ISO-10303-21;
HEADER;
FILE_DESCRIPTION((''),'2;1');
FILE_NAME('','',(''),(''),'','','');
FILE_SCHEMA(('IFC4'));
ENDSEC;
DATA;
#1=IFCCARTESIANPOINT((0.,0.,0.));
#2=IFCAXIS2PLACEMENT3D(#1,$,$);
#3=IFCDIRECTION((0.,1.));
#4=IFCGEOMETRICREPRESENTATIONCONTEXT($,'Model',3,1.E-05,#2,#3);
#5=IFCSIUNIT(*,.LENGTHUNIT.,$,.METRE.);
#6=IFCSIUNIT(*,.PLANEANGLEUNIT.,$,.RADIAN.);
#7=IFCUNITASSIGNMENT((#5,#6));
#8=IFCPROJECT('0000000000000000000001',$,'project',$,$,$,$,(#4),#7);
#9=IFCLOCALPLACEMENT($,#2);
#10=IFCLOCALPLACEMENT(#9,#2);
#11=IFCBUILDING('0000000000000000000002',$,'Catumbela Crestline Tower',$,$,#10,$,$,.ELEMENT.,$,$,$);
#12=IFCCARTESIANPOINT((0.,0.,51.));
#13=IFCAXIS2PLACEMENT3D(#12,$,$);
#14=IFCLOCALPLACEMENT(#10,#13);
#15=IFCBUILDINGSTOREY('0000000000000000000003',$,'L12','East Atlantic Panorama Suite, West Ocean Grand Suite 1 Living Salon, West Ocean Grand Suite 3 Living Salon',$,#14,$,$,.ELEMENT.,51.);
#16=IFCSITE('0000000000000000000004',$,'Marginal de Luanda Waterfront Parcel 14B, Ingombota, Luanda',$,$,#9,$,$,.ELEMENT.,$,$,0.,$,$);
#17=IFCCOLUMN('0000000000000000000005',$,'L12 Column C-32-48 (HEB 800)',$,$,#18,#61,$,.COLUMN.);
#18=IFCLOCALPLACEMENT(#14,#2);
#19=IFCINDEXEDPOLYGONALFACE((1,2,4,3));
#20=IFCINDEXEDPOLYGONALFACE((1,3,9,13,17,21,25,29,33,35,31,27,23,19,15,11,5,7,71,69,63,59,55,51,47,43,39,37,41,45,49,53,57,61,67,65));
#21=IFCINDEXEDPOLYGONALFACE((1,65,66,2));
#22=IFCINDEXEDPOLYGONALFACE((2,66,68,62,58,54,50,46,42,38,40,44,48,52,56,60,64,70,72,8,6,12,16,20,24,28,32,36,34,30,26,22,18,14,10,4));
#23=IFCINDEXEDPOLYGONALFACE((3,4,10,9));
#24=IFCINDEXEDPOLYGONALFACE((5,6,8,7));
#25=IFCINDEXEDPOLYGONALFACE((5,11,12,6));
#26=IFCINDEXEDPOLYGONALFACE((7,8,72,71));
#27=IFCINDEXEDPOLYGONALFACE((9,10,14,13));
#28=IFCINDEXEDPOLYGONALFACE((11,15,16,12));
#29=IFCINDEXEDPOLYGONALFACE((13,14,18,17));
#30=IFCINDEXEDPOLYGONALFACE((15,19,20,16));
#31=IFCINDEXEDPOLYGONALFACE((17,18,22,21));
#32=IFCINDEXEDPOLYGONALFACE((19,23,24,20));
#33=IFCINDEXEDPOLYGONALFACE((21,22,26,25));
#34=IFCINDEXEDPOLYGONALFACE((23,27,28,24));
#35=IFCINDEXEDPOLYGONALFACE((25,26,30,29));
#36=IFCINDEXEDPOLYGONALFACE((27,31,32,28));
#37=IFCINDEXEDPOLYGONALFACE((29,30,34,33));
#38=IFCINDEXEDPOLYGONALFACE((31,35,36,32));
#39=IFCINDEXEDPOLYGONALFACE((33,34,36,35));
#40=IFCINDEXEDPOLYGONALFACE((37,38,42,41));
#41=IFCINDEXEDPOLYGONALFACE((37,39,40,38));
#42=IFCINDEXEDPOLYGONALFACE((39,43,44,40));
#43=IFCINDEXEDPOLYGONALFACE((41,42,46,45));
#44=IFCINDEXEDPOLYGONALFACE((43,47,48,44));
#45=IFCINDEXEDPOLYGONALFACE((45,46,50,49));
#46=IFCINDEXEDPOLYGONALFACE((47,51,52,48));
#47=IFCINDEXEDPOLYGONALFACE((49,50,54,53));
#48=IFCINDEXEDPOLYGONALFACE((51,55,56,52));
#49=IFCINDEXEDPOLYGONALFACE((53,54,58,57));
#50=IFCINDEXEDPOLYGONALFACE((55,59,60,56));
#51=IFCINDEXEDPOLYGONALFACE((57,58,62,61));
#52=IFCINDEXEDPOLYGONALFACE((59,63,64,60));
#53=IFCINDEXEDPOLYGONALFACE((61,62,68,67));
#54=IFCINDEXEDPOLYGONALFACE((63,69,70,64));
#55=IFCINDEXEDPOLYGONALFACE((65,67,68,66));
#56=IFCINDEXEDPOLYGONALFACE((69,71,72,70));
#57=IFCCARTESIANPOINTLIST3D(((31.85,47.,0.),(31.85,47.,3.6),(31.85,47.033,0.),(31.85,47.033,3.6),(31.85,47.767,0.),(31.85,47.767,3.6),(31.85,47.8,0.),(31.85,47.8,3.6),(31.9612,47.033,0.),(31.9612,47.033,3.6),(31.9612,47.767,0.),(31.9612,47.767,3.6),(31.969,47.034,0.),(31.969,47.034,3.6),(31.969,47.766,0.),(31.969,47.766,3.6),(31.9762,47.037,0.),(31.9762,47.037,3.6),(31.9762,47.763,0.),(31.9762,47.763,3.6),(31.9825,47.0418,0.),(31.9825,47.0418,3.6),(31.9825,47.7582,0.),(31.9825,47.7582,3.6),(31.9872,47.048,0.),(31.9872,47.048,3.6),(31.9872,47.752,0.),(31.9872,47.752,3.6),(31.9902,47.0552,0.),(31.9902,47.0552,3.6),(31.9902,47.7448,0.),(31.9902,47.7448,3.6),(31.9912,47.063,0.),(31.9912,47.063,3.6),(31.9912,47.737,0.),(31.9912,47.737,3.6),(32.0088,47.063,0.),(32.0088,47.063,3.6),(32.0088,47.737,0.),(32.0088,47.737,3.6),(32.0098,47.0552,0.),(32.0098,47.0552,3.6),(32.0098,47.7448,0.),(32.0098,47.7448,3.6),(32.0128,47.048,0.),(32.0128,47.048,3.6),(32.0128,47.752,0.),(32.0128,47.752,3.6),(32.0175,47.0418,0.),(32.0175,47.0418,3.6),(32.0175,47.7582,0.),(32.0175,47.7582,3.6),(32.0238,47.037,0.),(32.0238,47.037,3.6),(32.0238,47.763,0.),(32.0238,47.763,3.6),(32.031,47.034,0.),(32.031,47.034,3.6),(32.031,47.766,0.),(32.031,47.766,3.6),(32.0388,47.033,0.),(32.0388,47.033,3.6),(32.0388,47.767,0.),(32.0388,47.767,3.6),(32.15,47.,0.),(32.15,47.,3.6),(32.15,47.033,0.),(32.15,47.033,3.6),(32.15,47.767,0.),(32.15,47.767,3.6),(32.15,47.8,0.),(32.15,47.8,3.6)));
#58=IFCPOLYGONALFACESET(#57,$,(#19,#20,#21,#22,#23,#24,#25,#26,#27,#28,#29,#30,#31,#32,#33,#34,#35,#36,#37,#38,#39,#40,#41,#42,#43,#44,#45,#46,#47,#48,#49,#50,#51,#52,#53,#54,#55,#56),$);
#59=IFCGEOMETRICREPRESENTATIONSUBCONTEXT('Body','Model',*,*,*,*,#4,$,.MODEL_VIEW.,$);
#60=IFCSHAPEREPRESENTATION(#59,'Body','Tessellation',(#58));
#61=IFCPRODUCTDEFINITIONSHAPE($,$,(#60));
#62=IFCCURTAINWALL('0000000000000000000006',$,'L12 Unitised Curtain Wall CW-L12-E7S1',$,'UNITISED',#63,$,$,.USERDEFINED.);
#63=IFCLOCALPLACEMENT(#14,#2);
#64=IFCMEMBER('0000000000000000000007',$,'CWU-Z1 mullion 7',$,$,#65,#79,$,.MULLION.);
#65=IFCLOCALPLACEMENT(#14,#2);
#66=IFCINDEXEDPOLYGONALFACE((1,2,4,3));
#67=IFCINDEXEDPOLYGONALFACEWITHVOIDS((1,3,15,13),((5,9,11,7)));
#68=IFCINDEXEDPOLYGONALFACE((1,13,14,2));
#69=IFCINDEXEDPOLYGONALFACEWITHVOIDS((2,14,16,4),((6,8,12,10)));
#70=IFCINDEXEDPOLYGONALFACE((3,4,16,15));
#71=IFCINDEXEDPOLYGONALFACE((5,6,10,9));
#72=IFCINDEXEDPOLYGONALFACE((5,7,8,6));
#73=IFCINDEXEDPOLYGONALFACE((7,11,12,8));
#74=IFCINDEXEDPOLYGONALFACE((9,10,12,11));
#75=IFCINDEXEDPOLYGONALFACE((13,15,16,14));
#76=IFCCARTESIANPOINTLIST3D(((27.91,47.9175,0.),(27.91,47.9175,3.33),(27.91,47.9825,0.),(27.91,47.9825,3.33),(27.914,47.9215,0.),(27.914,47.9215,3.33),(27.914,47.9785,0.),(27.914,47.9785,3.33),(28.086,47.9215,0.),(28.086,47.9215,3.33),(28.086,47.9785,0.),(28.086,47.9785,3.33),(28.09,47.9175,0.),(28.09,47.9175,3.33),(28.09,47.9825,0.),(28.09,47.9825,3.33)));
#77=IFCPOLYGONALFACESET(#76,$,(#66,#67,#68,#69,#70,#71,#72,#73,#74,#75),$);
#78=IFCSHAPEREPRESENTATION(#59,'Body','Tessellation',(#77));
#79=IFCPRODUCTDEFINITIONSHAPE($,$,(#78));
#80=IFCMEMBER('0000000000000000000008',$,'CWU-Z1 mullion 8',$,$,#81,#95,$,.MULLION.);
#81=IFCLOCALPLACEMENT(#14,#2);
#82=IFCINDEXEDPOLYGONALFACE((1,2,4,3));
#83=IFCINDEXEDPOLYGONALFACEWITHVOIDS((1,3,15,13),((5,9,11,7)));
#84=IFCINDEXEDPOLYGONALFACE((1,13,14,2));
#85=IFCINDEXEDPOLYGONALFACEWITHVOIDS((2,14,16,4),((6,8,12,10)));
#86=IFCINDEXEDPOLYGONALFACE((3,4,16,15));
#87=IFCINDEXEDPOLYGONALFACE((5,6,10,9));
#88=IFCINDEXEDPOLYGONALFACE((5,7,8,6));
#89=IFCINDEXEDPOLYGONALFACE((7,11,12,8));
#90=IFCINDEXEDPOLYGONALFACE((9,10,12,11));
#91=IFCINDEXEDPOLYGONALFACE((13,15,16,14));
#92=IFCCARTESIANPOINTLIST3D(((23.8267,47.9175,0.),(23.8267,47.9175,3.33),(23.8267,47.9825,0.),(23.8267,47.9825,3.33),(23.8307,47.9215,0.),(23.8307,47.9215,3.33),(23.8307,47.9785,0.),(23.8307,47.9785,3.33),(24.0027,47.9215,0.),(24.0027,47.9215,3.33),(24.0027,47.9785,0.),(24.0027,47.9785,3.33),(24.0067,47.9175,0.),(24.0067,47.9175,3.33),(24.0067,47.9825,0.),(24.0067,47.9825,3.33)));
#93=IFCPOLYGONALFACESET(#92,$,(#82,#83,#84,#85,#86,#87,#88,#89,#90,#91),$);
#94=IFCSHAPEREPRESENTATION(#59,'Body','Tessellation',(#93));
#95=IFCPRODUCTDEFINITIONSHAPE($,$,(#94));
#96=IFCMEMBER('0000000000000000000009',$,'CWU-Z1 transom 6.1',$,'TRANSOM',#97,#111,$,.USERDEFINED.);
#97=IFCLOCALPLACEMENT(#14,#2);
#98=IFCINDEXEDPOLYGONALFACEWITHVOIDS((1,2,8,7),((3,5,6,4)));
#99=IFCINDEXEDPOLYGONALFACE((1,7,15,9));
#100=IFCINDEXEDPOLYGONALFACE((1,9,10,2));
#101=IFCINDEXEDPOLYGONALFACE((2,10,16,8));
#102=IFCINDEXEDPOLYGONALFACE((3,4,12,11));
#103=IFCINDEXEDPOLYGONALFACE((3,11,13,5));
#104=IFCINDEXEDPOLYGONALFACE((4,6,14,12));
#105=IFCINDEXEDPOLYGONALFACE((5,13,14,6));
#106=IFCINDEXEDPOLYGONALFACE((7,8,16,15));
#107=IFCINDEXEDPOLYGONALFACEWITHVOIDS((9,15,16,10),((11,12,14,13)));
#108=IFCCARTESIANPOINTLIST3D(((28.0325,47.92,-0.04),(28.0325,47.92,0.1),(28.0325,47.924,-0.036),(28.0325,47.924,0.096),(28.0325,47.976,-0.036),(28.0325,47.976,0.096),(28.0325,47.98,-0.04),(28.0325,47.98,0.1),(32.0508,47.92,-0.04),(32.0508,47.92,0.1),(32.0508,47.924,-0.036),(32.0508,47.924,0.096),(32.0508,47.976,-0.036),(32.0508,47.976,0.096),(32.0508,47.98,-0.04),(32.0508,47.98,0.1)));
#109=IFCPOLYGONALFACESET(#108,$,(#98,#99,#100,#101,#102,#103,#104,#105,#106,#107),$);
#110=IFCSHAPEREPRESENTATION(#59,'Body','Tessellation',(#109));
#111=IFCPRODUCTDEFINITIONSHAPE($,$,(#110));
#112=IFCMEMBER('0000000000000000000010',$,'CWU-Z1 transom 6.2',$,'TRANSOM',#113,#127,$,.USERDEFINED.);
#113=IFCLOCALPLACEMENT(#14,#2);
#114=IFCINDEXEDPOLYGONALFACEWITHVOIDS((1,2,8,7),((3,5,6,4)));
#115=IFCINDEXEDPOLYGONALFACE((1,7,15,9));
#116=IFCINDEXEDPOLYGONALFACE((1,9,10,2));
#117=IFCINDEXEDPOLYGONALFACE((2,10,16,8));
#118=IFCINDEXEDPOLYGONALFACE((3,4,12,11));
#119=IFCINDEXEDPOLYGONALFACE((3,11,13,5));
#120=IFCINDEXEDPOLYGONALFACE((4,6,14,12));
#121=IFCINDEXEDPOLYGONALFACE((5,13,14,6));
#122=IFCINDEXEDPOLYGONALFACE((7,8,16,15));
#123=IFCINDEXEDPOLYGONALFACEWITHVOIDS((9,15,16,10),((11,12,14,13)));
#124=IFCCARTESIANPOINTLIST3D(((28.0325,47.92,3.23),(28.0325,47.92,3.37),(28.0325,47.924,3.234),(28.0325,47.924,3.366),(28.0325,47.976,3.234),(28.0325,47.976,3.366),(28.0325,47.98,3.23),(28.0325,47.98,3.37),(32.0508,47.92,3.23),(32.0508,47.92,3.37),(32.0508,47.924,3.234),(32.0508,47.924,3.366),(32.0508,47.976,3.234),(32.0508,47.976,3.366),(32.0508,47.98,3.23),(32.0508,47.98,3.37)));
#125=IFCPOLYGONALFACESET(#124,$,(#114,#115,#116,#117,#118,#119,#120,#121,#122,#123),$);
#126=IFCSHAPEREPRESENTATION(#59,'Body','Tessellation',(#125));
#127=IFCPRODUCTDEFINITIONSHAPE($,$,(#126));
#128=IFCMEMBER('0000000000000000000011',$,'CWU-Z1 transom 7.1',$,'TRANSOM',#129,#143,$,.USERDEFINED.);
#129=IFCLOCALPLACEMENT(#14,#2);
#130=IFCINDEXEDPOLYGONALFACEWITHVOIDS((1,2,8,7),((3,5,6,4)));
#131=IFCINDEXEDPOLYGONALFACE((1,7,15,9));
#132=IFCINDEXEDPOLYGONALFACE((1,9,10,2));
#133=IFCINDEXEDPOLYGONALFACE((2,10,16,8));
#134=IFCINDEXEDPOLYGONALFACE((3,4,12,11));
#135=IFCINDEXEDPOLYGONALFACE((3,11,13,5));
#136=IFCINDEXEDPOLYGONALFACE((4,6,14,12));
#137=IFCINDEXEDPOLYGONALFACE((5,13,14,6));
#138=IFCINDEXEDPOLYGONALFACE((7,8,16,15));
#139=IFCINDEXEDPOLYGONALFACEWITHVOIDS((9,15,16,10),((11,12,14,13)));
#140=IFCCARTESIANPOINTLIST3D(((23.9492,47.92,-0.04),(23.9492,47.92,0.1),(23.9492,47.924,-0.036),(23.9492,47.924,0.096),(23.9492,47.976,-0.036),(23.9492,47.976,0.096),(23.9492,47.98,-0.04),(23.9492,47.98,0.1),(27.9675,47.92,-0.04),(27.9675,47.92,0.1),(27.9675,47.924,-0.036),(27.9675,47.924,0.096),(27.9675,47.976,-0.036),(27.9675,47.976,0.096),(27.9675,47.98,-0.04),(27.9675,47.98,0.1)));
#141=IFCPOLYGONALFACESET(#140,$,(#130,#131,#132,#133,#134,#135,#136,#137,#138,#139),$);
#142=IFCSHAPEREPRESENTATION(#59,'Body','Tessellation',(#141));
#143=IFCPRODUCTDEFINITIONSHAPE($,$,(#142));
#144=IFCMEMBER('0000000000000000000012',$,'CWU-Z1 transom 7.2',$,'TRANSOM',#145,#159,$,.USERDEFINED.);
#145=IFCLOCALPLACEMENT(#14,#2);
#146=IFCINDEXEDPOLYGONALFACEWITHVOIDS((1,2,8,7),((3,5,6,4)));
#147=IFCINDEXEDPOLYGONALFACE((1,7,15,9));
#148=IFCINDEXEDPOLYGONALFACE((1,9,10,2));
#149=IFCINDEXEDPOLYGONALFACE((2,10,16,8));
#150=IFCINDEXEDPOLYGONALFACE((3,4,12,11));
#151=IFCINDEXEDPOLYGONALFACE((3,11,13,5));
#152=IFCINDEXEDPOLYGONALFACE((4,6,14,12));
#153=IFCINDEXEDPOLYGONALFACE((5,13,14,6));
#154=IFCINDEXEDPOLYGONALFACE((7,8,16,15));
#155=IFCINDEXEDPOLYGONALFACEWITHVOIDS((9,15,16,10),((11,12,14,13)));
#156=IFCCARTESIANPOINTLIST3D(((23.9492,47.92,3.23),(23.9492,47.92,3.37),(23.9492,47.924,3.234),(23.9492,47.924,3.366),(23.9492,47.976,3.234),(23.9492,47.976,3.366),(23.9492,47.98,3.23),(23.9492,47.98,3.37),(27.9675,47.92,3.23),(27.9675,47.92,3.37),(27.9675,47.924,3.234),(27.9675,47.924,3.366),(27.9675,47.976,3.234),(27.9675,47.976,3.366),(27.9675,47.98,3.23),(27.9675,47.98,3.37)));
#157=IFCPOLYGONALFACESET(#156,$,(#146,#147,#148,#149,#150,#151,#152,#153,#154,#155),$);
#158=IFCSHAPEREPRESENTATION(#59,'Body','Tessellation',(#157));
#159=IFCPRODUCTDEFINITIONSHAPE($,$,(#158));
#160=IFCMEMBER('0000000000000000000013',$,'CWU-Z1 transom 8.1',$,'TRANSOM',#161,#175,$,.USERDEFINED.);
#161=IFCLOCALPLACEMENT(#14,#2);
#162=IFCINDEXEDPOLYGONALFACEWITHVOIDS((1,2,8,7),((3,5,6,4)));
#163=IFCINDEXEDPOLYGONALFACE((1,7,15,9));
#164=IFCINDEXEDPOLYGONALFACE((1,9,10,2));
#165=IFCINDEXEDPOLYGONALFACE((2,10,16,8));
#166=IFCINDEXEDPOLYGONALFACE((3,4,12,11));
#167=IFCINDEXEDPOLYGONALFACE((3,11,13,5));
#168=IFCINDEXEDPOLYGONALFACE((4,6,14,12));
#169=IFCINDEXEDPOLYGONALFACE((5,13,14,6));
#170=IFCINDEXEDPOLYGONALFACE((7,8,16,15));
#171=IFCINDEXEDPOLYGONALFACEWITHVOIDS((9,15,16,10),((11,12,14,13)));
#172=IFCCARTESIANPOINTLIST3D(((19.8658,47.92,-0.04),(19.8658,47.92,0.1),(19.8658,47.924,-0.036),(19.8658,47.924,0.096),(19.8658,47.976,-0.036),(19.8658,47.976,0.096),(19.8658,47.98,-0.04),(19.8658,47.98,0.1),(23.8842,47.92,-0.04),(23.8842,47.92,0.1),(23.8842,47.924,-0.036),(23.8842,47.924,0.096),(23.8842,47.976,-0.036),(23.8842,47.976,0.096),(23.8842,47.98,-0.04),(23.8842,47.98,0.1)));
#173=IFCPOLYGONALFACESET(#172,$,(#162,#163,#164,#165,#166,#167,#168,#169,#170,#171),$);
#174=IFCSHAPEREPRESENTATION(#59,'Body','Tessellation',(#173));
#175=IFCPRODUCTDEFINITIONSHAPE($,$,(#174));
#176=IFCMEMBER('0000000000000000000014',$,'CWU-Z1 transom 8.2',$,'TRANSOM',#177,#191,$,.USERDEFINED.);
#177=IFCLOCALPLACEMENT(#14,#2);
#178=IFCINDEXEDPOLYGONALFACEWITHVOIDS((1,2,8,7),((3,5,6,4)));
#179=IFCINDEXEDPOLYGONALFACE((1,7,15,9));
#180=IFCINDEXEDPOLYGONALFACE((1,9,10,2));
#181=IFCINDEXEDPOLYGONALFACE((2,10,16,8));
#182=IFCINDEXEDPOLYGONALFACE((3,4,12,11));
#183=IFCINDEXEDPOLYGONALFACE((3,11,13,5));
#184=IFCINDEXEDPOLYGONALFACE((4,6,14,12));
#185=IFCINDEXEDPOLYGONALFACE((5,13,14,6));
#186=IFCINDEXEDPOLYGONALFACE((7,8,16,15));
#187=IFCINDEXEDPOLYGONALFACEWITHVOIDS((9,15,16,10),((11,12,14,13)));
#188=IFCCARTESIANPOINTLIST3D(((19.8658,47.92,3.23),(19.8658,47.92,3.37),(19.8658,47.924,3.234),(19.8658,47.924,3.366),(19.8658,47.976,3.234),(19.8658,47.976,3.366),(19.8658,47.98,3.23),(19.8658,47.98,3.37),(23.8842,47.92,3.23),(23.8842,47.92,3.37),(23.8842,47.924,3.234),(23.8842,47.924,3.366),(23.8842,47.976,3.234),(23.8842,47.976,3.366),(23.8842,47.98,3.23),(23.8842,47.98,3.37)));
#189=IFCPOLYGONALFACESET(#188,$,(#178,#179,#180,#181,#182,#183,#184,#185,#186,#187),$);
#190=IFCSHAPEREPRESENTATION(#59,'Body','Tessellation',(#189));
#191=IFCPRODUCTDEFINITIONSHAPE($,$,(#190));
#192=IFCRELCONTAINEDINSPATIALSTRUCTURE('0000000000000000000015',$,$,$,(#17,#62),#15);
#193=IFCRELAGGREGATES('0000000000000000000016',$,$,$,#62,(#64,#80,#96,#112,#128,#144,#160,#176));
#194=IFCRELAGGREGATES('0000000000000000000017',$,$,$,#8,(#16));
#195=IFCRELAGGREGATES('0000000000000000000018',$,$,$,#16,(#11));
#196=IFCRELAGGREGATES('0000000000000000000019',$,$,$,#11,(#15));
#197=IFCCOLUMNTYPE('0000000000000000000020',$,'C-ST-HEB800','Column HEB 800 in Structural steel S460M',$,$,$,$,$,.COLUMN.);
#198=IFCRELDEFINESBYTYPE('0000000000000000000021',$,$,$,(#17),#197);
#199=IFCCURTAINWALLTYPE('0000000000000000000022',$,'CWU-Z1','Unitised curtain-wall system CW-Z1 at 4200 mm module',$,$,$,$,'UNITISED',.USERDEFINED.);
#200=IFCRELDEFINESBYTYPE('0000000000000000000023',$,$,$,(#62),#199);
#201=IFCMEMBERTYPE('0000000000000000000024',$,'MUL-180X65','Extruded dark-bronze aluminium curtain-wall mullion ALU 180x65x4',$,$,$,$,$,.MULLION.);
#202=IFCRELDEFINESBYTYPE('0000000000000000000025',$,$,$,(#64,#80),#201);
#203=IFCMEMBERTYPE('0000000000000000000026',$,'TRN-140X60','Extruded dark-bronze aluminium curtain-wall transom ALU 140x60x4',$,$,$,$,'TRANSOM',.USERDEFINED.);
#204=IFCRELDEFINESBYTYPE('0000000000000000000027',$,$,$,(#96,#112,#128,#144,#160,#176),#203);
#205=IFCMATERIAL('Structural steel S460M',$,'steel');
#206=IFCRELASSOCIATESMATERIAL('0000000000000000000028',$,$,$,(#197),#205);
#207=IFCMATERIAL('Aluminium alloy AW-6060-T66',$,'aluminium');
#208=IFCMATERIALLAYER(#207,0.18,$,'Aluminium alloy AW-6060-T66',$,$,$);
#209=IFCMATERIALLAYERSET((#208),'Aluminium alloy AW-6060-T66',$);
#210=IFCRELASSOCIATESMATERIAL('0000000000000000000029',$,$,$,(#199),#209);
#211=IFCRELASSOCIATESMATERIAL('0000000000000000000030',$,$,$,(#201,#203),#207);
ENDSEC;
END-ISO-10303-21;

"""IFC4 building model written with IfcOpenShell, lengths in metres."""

from ifc_helpers import new_model, si_unit, direction, frame, origin, origin_2d, place, context, subcontext, project, spatial, hollow_rectangle, i_section, extrude, material, layer, layer_set, material_profile, profile_set, type_object, element, aggregate, save


model = new_model("IFC4")

# Units and contexts
model_context = context("Model", 3, precision=1e-05, world=origin(), true_north=direction((0.0, 1.0)))
body_context = subcontext(model_context, "Body", "Model", "MODEL_VIEW")
ifc_project = project(units=[si_unit("LENGTHUNIT", "METRE"), si_unit("PLANEANGLEUNIT", "RADIAN")], contexts=[model_context])

# Site, building, storey
site_placement = place(None, origin())
site = spatial("IfcSite", under=ifc_project, at=site_placement, Name="Marginal de Luanda Waterfront Parcel 14B, Ingombota, Luanda", CompositionType="ELEMENT", RefElevation=0.0)
building_placement = place(site_placement, origin())
building = spatial("IfcBuilding", under=site, at=building_placement, Name="Catumbela Crestline Tower", CompositionType="ELEMENT")
storey_placement = place(building_placement, frame((0.0, 0.0, 51.0)))
storey = spatial("IfcBuildingStorey", under=building, at=storey_placement, Name="L12", Description="East Atlantic Panorama Suite, West Ocean Grand Suite 1 Living Salon, West Ocean Grand Suite 3 Living Salon", CompositionType="ELEMENT", Elevation=51.0)

# Column
ifc_material_1 = material(Name="Structural steel S460M", Category="steel")
ifc_material_profile_1 = material_profile(ifc_material_1, i_section(OverallWidth=0.3, OverallDepth=0.8, WebThickness=0.0175, FlangeThickness=0.033, FilletRadius=0.03, at=origin_2d()), Name="HEB 800")
ifc_profile_set_1 = profile_set([ifc_material_profile_1], Name="Structural steel S460M")
column_type = type_object("IfcColumnType", Name="C-ST-HEB800", Description="Column HEB 800 in Structural steel S460M", PredefinedType="COLUMN", material=ifc_profile_set_1)
column_placement = place(storey_placement, frame((32.0, 47.4, 0.0), z_axis=(0.0, 0.0, 1.0), x_axis=(1.0, 0.0, 0.0)))
element("IfcColumn", 1, at=column_placement, inside=storey, type_object=column_type, Name="L12 Column C-32-48 (HEB 800)", PredefinedType="COLUMN", context=body_context, shape_type="SweptSolid", body=[
    extrude(i_section(OverallWidth=0.3, OverallDepth=0.8, WebThickness=0.0175, FlangeThickness=0.033, FilletRadius=0.03, at=origin_2d()), origin(), (0.0, 0.0, 1.0), 3.6),
])

# Curtain wall, members
ifc_material_2 = material(Name="Aluminium alloy AW-6060-T66", Category="aluminium")
ifc_layer_1 = layer(ifc_material_2, 0.18, Name="Aluminium alloy AW-6060-T66")
ifc_layer_set_1 = layer_set([ifc_layer_1], Name="Aluminium alloy AW-6060-T66")
curtain_wall_type = type_object("IfcCurtainWallType", Name="CWU-Z1", Description="Unitised curtain-wall system CW-Z1 at 4200 mm module", ElementType="UNITISED", PredefinedType="USERDEFINED", material=ifc_layer_set_1)
curtain_wall_placement = place(storey_placement, origin())
curtain_wall = element("IfcCurtainWall", 2, at=curtain_wall_placement, inside=storey, type_object=curtain_wall_type, Name="L12 Unitised Curtain Wall CW-L12-E7S1", ObjectType="UNITISED", PredefinedType="USERDEFINED")
ifc_material_profile_2 = material_profile(ifc_material_2, hollow_rectangle(XDim=0.065, YDim=0.18, WallThickness=0.004, at=origin_2d()), Name="ALU 180x65x4")
ifc_profile_set_2 = profile_set([ifc_material_profile_2], Name="Aluminium alloy AW-6060-T66")
member_type_1 = type_object("IfcMemberType", Name="MUL-180X65", Description="Extruded dark-bronze aluminium curtain-wall mullion ALU 180x65x4", PredefinedType="MULLION", material=ifc_profile_set_2)
member_1_placement = place(storey_placement, frame((28.0, 47.95, 0.0), z_axis=(0.0, 0.0, 1.0), x_axis=(0.0, -1.0, 0.0)))
member_1 = element("IfcMember", 3, at=member_1_placement, type_object=member_type_1, Name="CWU-Z1 mullion 7", PredefinedType="MULLION", context=body_context, shape_type="SweptSolid", body=[
    extrude(hollow_rectangle(XDim=0.065, YDim=0.18, WallThickness=0.004, at=origin_2d()), origin(), (0.0, 0.0, 1.0), 3.33),
])
member_2_placement = place(storey_placement, frame((23.9167, 47.95, 0.0), z_axis=(0.0, 0.0, 1.0), x_axis=(0.0, -1.0, 0.0)))
member_2 = element("IfcMember", 4, at=member_2_placement, type_object=member_type_1, Name="CWU-Z1 mullion 8", PredefinedType="MULLION", context=body_context, shape_type="SweptSolid", body=[
    extrude(hollow_rectangle(XDim=0.065, YDim=0.18, WallThickness=0.004, at=origin_2d()), origin(), (0.0, 0.0, 1.0), 3.33),
])
ifc_material_profile_3 = material_profile(ifc_material_2, hollow_rectangle(XDim=0.06, YDim=0.14, WallThickness=0.004, at=origin_2d()), Name="ALU 140x60x4")
ifc_profile_set_3 = profile_set([ifc_material_profile_3], Name="Aluminium alloy AW-6060-T66")
member_type_2 = type_object("IfcMemberType", Name="TRN-140X60", Description="Extruded dark-bronze aluminium curtain-wall transom ALU 140x60x4", ElementType="TRANSOM", PredefinedType="USERDEFINED", material=ifc_profile_set_3)
member_3_placement = place(storey_placement, frame((32.0508, 47.95, 0.03), z_axis=(-1.0, 0.0, 0.0), x_axis=(0.0, -1.0, 0.0)))
member_3 = element("IfcMember", 5, at=member_3_placement, type_object=member_type_2, Name="CWU-Z1 transom 6.1", ObjectType="TRANSOM", PredefinedType="USERDEFINED", context=body_context, shape_type="SweptSolid", body=[
    extrude(hollow_rectangle(XDim=0.06, YDim=0.14, WallThickness=0.004, at=origin_2d()), origin(), (0.0, 0.0, 1.0), 4.0183),
])
member_4_placement = place(storey_placement, frame((32.0508, 47.95, 3.3), z_axis=(-1.0, 0.0, 0.0), x_axis=(0.0, -1.0, 0.0)))
member_4 = element("IfcMember", 6, at=member_4_placement, type_object=member_type_2, Name="CWU-Z1 transom 6.2", ObjectType="TRANSOM", PredefinedType="USERDEFINED", context=body_context, shape_type="SweptSolid", body=[
    extrude(hollow_rectangle(XDim=0.06, YDim=0.14, WallThickness=0.004, at=origin_2d()), origin(), (0.0, 0.0, 1.0), 4.0183),
])
member_5_placement = place(storey_placement, frame((27.9675, 47.95, 0.03), z_axis=(-1.0, 0.0, 0.0), x_axis=(0.0, -1.0, 0.0)))
member_5 = element("IfcMember", 7, at=member_5_placement, type_object=member_type_2, Name="CWU-Z1 transom 7.1", ObjectType="TRANSOM", PredefinedType="USERDEFINED", context=body_context, shape_type="SweptSolid", body=[
    extrude(hollow_rectangle(XDim=0.06, YDim=0.14, WallThickness=0.004, at=origin_2d()), origin(), (0.0, 0.0, 1.0), 4.0183),
])
member_6_placement = place(storey_placement, frame((27.9675, 47.95, 3.3), z_axis=(-1.0, 0.0, 0.0), x_axis=(0.0, -1.0, 0.0)))
member_6 = element("IfcMember", 8, at=member_6_placement, type_object=member_type_2, Name="CWU-Z1 transom 7.2", ObjectType="TRANSOM", PredefinedType="USERDEFINED", context=body_context, shape_type="SweptSolid", body=[
    extrude(hollow_rectangle(XDim=0.06, YDim=0.14, WallThickness=0.004, at=origin_2d()), origin(), (0.0, 0.0, 1.0), 4.0183),
])
member_7_placement = place(storey_placement, frame((23.8842, 47.95, 0.03), z_axis=(-1.0, 0.0, 0.0), x_axis=(0.0, -1.0, 0.0)))
member_7 = element("IfcMember", 9, at=member_7_placement, type_object=member_type_2, Name="CWU-Z1 transom 8.1", ObjectType="TRANSOM", PredefinedType="USERDEFINED", context=body_context, shape_type="SweptSolid", body=[
    extrude(hollow_rectangle(XDim=0.06, YDim=0.14, WallThickness=0.004, at=origin_2d()), origin(), (0.0, 0.0, 1.0), 4.0184),
])
member_8_placement = place(storey_placement, frame((23.8842, 47.95, 3.3), z_axis=(-1.0, 0.0, 0.0), x_axis=(0.0, -1.0, 0.0)))
member_8 = element("IfcMember", 10, at=member_8_placement, type_object=member_type_2, Name="CWU-Z1 transom 8.2", ObjectType="TRANSOM", PredefinedType="USERDEFINED", context=body_context, shape_type="SweptSolid", body=[
    extrude(hollow_rectangle(XDim=0.06, YDim=0.14, WallThickness=0.004, at=origin_2d()), origin(), (0.0, 0.0, 1.0), 4.0184),
])
aggregate(curtain_wall, [member_1, member_2, member_3, member_4, member_5, member_6, member_7, member_8])

save(model, "model.ifc")
